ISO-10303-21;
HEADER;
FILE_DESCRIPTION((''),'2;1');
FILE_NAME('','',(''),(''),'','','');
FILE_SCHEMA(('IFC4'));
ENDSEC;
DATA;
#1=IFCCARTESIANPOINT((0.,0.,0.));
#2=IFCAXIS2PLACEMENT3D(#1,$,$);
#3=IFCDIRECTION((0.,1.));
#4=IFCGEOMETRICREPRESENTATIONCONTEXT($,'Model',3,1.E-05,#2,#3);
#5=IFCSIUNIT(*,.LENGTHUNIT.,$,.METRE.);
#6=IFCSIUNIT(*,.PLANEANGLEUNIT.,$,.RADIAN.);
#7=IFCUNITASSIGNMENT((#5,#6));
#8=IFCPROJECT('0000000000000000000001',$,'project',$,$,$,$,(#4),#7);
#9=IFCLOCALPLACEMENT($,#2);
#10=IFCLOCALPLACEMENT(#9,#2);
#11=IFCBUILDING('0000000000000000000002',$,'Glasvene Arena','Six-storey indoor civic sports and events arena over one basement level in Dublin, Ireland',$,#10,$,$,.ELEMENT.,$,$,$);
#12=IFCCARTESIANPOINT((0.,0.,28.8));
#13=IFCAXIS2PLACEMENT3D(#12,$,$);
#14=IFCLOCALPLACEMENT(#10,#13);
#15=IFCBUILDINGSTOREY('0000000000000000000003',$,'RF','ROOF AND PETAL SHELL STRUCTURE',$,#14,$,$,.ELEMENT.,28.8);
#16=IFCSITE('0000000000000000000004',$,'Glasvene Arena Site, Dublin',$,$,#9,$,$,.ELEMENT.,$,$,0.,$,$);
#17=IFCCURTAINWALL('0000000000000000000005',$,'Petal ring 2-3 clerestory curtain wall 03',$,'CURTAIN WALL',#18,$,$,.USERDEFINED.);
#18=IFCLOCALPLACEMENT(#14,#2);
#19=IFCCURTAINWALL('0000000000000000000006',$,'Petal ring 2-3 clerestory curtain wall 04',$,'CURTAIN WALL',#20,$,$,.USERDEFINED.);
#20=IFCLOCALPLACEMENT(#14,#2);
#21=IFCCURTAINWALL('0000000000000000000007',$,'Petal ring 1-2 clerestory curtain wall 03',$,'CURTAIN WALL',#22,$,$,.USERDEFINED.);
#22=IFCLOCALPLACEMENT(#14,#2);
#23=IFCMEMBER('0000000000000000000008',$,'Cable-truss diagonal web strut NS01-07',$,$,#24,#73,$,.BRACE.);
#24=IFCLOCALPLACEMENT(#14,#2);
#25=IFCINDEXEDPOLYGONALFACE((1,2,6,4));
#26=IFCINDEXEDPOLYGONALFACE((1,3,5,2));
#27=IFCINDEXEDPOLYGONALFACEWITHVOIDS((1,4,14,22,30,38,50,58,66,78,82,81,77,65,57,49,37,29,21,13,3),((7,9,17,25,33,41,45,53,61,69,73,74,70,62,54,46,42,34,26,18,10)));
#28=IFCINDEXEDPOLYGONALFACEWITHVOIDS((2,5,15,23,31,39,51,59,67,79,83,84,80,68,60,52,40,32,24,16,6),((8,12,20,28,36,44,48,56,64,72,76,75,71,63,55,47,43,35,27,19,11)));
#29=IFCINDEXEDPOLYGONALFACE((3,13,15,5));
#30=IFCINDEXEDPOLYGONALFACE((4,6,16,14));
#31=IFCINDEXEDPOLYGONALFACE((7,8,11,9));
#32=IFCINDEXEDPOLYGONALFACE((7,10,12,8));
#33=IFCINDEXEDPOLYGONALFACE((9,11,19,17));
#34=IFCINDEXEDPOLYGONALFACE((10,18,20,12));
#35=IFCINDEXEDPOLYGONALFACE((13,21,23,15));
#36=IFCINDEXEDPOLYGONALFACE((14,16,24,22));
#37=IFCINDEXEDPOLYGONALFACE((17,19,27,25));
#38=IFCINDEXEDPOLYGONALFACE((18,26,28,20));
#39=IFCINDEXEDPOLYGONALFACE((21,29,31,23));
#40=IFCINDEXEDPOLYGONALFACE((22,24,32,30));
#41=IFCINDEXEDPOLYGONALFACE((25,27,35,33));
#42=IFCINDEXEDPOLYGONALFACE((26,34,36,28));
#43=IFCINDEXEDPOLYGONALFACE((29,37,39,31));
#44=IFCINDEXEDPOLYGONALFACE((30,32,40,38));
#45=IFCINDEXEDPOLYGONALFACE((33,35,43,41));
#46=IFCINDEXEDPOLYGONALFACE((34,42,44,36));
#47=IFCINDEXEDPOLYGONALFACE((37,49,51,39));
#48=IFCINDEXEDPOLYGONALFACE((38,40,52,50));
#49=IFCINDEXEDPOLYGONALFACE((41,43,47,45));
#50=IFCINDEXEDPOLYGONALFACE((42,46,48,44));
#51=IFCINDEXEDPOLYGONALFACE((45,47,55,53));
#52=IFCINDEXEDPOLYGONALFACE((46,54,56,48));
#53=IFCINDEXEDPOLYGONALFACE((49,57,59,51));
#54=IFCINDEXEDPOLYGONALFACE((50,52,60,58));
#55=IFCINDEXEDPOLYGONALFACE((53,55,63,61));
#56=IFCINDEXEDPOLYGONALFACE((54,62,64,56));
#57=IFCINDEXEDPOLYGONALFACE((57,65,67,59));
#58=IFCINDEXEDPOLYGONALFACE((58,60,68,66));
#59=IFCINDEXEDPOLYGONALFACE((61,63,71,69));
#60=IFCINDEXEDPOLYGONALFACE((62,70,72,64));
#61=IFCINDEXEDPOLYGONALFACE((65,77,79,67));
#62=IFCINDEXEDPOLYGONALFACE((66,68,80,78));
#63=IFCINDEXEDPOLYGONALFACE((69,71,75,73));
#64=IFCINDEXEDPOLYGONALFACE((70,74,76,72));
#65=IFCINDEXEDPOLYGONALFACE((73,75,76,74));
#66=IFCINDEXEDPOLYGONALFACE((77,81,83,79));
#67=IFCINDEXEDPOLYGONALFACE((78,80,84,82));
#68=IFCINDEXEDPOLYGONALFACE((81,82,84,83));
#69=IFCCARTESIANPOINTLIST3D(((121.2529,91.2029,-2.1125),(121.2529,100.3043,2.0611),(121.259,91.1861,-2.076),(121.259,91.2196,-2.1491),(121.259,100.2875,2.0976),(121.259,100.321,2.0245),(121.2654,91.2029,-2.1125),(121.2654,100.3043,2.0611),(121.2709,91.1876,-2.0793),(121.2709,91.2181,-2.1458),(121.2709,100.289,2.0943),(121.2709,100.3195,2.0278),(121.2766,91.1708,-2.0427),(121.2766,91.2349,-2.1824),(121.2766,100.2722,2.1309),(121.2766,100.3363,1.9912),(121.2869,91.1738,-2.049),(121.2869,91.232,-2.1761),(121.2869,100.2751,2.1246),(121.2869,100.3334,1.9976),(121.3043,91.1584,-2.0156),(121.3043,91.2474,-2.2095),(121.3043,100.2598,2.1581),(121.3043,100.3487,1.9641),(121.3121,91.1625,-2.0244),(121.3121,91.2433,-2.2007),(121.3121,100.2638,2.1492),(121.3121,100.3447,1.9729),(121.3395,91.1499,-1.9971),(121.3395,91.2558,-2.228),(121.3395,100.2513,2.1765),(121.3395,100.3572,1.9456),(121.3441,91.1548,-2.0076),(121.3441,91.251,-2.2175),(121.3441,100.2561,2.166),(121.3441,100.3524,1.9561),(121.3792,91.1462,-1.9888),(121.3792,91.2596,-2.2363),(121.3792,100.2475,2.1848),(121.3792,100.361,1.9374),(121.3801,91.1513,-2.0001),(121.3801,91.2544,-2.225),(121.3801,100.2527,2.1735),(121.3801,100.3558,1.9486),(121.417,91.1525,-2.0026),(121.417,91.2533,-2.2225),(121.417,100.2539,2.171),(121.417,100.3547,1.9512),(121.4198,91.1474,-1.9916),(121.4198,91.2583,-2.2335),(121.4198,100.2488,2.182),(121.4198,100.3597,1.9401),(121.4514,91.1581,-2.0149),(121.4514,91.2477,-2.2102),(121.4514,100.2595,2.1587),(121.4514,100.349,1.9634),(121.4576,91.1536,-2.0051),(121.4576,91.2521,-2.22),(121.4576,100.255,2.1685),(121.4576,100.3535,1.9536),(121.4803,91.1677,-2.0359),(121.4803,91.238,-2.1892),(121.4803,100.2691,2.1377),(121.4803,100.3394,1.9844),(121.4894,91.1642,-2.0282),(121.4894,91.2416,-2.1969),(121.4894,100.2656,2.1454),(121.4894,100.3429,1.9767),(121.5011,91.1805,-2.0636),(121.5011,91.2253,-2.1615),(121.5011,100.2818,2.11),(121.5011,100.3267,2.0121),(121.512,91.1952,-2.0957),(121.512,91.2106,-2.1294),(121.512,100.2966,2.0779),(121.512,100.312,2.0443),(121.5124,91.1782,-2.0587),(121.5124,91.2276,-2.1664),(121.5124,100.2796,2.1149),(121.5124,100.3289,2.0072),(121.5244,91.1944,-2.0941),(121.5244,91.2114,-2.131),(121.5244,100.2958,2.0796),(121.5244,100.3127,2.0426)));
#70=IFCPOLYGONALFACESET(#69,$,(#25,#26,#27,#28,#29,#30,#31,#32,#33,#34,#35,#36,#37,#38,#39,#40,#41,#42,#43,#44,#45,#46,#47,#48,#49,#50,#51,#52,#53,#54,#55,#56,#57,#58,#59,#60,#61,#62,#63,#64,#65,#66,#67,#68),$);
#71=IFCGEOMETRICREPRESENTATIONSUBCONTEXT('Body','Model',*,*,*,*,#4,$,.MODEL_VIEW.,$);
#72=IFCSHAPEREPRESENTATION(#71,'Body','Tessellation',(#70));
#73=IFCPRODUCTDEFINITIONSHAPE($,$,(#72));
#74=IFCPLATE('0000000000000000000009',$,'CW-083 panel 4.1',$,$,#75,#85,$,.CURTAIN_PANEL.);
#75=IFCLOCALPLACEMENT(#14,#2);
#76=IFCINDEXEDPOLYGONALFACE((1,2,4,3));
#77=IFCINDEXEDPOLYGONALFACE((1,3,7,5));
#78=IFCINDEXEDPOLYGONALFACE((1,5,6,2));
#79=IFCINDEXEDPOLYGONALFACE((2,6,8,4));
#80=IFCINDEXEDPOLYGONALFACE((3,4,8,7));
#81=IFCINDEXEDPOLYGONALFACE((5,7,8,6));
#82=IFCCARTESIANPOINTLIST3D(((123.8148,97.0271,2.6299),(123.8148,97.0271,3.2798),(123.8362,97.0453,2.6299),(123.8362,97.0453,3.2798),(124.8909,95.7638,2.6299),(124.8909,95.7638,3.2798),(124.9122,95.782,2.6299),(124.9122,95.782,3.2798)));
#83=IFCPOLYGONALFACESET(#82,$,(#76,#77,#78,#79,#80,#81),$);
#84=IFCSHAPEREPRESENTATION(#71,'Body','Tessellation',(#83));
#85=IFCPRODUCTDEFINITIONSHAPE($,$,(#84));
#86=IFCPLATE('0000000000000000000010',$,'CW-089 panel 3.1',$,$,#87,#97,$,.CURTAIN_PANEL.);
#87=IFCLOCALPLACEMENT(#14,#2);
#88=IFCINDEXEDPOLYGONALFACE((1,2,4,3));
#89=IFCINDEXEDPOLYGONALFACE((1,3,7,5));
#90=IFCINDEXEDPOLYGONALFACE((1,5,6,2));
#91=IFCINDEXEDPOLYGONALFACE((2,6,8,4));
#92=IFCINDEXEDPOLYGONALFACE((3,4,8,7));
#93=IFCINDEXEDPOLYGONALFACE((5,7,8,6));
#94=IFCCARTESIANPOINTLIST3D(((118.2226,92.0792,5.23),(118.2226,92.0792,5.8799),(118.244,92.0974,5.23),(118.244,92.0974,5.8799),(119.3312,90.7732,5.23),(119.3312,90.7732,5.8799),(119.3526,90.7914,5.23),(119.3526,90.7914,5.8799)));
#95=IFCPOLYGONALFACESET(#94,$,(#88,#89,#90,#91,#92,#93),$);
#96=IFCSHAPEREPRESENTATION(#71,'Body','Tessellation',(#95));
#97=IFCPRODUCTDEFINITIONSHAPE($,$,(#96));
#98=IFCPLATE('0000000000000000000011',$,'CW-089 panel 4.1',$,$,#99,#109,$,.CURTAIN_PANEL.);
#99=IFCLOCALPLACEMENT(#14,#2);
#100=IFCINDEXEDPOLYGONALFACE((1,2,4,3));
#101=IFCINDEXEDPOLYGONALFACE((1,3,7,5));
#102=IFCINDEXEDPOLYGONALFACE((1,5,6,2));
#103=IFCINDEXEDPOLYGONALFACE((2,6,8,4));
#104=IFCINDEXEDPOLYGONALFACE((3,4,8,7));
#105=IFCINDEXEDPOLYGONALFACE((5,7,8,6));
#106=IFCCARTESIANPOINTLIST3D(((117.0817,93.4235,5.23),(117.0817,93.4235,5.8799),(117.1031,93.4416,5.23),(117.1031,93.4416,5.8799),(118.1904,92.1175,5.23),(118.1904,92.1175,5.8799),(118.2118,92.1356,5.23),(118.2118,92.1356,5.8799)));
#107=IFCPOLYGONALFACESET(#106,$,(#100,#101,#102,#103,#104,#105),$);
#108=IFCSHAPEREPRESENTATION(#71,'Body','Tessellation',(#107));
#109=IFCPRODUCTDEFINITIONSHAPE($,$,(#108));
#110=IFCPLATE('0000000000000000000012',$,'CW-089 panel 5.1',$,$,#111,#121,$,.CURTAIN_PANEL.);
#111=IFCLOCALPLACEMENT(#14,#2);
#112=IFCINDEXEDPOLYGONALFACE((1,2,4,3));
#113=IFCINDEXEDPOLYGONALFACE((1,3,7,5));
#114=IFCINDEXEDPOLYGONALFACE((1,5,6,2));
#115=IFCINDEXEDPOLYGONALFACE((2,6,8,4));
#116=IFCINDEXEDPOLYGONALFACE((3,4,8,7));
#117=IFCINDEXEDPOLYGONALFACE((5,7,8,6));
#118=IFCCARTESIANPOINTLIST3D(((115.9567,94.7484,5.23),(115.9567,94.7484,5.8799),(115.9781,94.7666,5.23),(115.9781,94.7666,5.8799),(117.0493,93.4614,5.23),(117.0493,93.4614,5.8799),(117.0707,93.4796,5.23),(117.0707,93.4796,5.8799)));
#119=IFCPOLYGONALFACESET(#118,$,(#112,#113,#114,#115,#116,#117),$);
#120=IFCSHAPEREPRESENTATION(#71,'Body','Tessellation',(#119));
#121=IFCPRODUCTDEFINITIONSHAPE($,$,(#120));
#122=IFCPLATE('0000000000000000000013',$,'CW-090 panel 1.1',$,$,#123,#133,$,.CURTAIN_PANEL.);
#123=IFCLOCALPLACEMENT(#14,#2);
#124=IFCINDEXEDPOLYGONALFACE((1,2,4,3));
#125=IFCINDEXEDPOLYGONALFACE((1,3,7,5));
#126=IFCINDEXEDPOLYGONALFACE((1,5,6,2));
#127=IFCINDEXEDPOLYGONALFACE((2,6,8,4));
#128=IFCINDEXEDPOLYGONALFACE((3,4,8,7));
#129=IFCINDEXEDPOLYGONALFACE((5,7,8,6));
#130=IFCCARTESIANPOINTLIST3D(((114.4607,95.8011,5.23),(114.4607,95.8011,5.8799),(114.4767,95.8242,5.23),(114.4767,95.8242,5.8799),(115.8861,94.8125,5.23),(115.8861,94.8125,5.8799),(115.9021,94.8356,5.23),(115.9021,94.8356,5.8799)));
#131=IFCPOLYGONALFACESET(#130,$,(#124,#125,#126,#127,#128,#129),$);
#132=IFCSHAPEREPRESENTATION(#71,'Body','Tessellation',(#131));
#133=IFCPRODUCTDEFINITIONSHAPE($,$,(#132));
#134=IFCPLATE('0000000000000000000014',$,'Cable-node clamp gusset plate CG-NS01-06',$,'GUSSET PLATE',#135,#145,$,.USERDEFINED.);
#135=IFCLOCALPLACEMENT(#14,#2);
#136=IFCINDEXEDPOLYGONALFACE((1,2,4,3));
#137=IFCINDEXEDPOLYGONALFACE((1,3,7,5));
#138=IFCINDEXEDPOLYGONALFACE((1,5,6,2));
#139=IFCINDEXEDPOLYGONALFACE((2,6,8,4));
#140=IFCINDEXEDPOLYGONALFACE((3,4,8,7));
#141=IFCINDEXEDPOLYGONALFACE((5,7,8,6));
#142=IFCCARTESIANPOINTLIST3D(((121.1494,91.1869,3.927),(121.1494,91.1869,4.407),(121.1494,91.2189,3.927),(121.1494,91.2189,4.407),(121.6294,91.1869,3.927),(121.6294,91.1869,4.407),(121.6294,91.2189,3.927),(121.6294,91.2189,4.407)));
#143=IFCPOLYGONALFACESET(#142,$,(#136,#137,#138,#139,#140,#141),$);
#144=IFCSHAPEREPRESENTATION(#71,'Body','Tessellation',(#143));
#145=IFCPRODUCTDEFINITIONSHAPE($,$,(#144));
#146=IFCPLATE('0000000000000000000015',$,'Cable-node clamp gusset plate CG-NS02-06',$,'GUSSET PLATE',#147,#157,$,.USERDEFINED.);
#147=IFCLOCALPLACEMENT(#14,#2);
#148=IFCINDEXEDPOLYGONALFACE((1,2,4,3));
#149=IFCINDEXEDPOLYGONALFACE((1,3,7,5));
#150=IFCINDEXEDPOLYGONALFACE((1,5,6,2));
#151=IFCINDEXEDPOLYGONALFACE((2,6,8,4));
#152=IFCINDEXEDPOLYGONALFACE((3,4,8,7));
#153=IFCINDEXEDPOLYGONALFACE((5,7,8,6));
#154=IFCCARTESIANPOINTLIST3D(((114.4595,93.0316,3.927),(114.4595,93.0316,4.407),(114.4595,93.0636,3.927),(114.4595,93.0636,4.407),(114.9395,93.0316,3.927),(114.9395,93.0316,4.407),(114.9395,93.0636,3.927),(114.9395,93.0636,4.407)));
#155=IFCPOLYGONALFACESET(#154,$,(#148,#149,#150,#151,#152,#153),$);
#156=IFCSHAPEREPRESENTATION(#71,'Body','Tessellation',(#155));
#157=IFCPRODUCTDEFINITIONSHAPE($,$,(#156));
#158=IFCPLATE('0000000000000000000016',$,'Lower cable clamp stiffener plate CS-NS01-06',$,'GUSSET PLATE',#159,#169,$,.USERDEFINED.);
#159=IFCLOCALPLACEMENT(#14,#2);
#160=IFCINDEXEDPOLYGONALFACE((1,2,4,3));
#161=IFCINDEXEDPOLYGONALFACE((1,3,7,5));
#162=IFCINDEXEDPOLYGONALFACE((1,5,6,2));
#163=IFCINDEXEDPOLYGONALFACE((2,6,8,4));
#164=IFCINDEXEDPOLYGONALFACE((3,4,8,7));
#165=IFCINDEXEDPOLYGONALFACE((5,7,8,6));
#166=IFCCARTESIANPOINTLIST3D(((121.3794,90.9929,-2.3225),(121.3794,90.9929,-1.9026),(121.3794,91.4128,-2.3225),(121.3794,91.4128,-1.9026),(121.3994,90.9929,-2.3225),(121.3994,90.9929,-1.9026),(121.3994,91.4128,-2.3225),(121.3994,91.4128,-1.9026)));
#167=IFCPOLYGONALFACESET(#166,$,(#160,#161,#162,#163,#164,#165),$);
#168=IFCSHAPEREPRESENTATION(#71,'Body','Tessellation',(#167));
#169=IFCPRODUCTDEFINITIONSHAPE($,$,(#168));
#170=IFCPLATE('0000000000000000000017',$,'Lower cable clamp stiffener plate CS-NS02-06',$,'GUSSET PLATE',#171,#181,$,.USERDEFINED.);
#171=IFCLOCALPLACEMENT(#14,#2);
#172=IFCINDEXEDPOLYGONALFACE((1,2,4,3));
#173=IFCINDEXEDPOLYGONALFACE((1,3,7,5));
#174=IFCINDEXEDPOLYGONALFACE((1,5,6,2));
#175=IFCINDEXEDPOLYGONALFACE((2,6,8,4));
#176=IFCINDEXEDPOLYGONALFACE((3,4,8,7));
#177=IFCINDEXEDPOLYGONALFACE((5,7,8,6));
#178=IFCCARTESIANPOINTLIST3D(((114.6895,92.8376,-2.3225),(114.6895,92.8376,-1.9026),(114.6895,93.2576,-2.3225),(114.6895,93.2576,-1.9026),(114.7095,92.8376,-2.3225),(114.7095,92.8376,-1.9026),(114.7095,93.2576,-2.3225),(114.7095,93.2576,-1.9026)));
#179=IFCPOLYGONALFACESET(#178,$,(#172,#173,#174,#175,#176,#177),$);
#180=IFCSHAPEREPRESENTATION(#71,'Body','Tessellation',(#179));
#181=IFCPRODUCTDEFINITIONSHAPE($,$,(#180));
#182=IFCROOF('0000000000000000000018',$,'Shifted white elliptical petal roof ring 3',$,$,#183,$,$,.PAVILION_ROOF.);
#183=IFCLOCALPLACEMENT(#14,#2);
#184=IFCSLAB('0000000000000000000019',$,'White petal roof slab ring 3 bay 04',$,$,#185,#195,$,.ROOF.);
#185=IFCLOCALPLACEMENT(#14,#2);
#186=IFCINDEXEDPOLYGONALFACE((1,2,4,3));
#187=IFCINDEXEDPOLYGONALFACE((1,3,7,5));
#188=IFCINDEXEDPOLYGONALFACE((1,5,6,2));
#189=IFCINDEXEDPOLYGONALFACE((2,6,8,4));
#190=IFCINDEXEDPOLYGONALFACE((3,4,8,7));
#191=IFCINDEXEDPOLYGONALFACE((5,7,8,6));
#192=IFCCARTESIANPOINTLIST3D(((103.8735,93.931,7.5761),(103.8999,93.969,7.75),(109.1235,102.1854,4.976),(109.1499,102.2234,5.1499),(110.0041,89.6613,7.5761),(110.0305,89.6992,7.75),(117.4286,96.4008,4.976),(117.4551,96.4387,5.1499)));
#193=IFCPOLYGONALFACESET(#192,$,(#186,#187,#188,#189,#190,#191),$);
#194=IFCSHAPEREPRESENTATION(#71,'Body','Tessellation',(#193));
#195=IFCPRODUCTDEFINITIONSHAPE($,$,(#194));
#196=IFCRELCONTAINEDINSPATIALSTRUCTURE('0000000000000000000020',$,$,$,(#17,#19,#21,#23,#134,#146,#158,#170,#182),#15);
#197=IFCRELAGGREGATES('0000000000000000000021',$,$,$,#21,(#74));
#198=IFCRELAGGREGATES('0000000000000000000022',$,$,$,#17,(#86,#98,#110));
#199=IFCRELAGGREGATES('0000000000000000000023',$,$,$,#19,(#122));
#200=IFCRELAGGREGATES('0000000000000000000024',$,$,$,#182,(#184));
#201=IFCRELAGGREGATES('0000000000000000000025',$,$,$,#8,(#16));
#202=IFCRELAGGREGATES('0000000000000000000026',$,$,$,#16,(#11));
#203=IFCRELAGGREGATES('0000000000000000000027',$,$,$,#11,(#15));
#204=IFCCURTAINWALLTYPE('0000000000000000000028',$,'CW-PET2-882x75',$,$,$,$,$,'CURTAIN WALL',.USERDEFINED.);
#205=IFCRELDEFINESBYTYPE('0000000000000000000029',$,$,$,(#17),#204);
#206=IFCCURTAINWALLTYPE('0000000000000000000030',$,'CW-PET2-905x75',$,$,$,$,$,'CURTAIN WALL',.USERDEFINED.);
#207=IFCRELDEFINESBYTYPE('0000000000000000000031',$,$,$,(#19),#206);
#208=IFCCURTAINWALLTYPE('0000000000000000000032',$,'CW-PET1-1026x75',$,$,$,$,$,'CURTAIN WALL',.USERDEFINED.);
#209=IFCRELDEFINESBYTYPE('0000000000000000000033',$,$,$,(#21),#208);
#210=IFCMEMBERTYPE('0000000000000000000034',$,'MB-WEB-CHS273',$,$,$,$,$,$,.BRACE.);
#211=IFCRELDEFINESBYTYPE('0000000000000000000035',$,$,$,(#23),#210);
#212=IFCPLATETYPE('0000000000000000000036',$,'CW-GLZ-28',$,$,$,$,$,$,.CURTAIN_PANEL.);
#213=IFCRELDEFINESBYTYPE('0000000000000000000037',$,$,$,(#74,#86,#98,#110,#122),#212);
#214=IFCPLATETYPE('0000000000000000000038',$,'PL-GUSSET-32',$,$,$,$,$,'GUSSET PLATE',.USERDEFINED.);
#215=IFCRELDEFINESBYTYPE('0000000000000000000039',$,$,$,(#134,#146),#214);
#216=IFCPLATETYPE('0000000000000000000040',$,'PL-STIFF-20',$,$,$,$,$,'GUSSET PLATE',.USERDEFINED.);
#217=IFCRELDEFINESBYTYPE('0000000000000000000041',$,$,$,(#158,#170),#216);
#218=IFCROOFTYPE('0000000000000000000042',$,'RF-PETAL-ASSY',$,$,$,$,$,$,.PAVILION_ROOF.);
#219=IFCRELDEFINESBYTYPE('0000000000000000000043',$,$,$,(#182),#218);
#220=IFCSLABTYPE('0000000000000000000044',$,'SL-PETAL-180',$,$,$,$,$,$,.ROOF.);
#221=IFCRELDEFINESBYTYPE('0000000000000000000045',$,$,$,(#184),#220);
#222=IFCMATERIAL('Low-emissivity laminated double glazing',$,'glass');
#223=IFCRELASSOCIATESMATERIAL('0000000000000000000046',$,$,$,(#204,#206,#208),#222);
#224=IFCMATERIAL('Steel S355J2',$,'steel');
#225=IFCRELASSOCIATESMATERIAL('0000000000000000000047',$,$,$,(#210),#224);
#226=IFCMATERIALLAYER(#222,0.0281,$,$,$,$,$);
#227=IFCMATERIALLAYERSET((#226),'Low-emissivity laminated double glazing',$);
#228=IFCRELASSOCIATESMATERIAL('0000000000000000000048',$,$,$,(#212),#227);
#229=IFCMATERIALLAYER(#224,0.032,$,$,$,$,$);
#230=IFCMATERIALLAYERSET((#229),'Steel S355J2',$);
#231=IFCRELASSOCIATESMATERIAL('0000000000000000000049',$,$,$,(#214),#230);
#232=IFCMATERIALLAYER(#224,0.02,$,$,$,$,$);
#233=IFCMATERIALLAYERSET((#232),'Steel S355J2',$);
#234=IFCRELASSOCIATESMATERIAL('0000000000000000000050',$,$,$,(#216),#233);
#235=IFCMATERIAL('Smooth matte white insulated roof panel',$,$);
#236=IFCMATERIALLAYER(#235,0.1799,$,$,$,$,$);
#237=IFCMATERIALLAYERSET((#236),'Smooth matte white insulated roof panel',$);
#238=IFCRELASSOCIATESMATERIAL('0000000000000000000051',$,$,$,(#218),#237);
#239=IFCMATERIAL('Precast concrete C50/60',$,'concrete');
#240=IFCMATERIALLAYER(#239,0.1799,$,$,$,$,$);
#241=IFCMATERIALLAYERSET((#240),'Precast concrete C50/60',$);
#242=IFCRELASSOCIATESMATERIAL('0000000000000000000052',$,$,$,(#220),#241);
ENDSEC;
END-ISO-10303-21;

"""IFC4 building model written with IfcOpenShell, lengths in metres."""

from ifc_helpers import new_model, si_unit, direction, frame, origin, origin_2d, place, context, subcontext, project, spatial, polyline, rectangle, hollow_circle, outline, extrude, material, layer, layer_set, material_profile, profile_set, type_object, element, aggregate, save


model = new_model("IFC4")

# Units and contexts
model_context = context("Model", 3, precision=1e-05, world=origin(), true_north=direction((0.0, 1.0)))
body_context = subcontext(model_context, "Body", "Model", "MODEL_VIEW")
ifc_project = project(units=[si_unit("LENGTHUNIT", "METRE"), si_unit("PLANEANGLEUNIT", "RADIAN")], contexts=[model_context])

# Site, building, storey
site_placement = place(None, origin())
site = spatial("IfcSite", under=ifc_project, at=site_placement, Name="Glasvene Arena Site, Dublin", CompositionType="ELEMENT", RefElevation=0.0)
building_placement = place(site_placement, origin())
building = spatial("IfcBuilding", under=site, at=building_placement, Name="Glasvene Arena", Description="Six-storey indoor civic sports and events arena over one basement level in Dublin, Ireland", CompositionType="ELEMENT")
storey_placement = place(building_placement, frame((0.0, 0.0, 28.8)))
storey = spatial("IfcBuildingStorey", under=building, at=storey_placement, Name="RF", Description="ROOF AND PETAL SHELL STRUCTURE", CompositionType="ELEMENT", Elevation=28.8)

# Curtain wall
ifc_material_1 = material(Name="Low-emissivity laminated double glazing", Category="glass")
curtain_wall_type_1 = type_object("IfcCurtainWallType", Name="CW-PET2-882x75", ElementType="CURTAIN WALL", PredefinedType="USERDEFINED", material=ifc_material_1)
curtain_wall_1_placement = place(storey_placement, frame((121.6404, 88.075, 0.0)))
curtain_wall_1 = element("IfcCurtainWall", 1, at=curtain_wall_1_placement, inside=storey, type_object=curtain_wall_type_1, Name="Petal ring 2-3 clerestory curtain wall 03", ObjectType="CURTAIN WALL", PredefinedType="USERDEFINED")

# Curtain wall
curtain_wall_type_2 = type_object("IfcCurtainWallType", Name="CW-PET2-905x75", ElementType="CURTAIN WALL", PredefinedType="USERDEFINED", material=ifc_material_1)
curtain_wall_2_placement = place(storey_placement, frame((115.9351, 94.7957, 0.0)))
curtain_wall_2 = element("IfcCurtainWall", 2, at=curtain_wall_2_placement, inside=storey, type_object=curtain_wall_type_2, Name="Petal ring 2-3 clerestory curtain wall 04", ObjectType="CURTAIN WALL", PredefinedType="USERDEFINED")

# Curtain wall
curtain_wall_type_3 = type_object("IfcCurtainWallType", Name="CW-PET1-1026x75", ElementType="CURTAIN WALL", PredefinedType="USERDEFINED", material=ifc_material_1)
curtain_wall_3_placement = place(storey_placement, frame((128.2432, 91.8501, 0.0)))
curtain_wall_3 = element("IfcCurtainWall", 3, at=curtain_wall_3_placement, inside=storey, type_object=curtain_wall_type_3, Name="Petal ring 1-2 clerestory curtain wall 03", ObjectType="CURTAIN WALL", PredefinedType="USERDEFINED")

# Member
ifc_material_2 = material(Name="Steel S355J2", Category="steel")
ifc_material_profile_1 = material_profile(ifc_material_2, hollow_circle(Radius=0.1365, WallThickness=0.0125, at=origin_2d()), Name="CHS 273.0x12.5")
ifc_profile_set_1 = profile_set([ifc_material_profile_1], Name="Steel S355J2")
member_type_1 = type_object("IfcMemberType", Name="MB-WEB-CHS273", PredefinedType="BRACE", material=ifc_profile_set_1)
member_1_placement = place(storey_placement, frame((121.3894, 91.2029, -2.1125), z_axis=(0.0, 0.908984, 0.416832), x_axis=(-1.0, 0.0, 0.0)))
element("IfcMember", 4, at=member_1_placement, inside=storey, type_object=member_type_1, Name="Cable-truss diagonal web strut NS01-07", PredefinedType="BRACE", context=body_context, shape_type="SweptSolid", body=[
    extrude(hollow_circle(Radius=0.1365, WallThickness=0.0125, at=origin_2d()), origin(), (0.0, 0.0, 1.0), 10.0127),
])

# Plates
ifc_layer_1 = layer(ifc_material_1, 0.0281)
ifc_layer_set_1 = layer_set([ifc_layer_1], Name="Low-emissivity laminated double glazing")
plate_type_1 = type_object("IfcPlateType", Name="CW-GLZ-28", PredefinedType="CURTAIN_PANEL", material=ifc_layer_set_1)
plate_1_placement = place(storey_placement, frame((124.3635, 96.4045, 2.6299), z_axis=(0.0, 0.0, 1.0), x_axis=(-0.648445, 0.761261, 0.0)))
plate_1 = element("IfcPlate", 5, at=plate_1_placement, type_object=plate_type_1, Name="CW-083 panel 4.1", PredefinedType="CURTAIN_PANEL", context=body_context, shape_type="SweptSolid", body=[
    extrude(rectangle(XDim=1.6594, YDim=0.0281, at=origin_2d()), origin(), (0.0, 0.0, 1.0), 0.6499),
])
aggregate(curtain_wall_3, [plate_1])
plate_2_placement = place(storey_placement, frame((118.7876, 91.4353, 5.23), z_axis=(0.0, 0.0, 1.0), x_axis=(-0.647167, 0.762348, 0.0)))
plate_2 = element("IfcPlate", 6, at=plate_2_placement, type_object=plate_type_1, Name="CW-089 panel 3.1", PredefinedType="CURTAIN_PANEL", context=body_context, shape_type="SweptSolid", body=[
    extrude(rectangle(XDim=1.7131, YDim=0.0281, at=origin_2d()), origin(), (0.0, 0.0, 1.0), 0.6499),
])
plate_3_placement = place(storey_placement, frame((117.6467, 92.7795, 5.23), z_axis=(0.0, 0.0, 1.0), x_axis=(-0.647167, 0.762348, 0.0)))
plate_3 = element("IfcPlate", 7, at=plate_3_placement, type_object=plate_type_1, Name="CW-089 panel 4.1", PredefinedType="CURTAIN_PANEL", context=body_context, shape_type="SweptSolid", body=[
    extrude(rectangle(XDim=1.7131, YDim=0.0281, at=origin_2d()), origin(), (0.0, 0.0, 1.0), 0.6499),
])
plate_4_placement = place(storey_placement, frame((116.5137, 94.114, 5.23), z_axis=(0.0, 0.0, 1.0), x_axis=(-0.647167, 0.762348, 0.0)))
plate_4 = element("IfcPlate", 8, at=plate_4_placement, type_object=plate_type_1, Name="CW-089 panel 5.1", PredefinedType="CURTAIN_PANEL", context=body_context, shape_type="SweptSolid", body=[
    extrude(rectangle(XDim=1.6882, YDim=0.0281, at=origin_2d()), origin(), (0.0, 0.0, 1.0), 0.6499),
])
aggregate(curtain_wall_1, [plate_2, plate_3, plate_4])
plate_5_placement = place(storey_placement, frame((115.1814, 95.3184, 5.23), z_axis=(0.0, 0.0, 1.0), x_axis=(-0.821699, 0.569921, 0.0)))
plate_5 = element("IfcPlate", 9, at=plate_5_placement, type_object=plate_type_1, Name="CW-090 panel 1.1", PredefinedType="CURTAIN_PANEL", context=body_context, shape_type="SweptSolid", body=[
    extrude(rectangle(XDim=1.7346, YDim=0.0281, at=origin_2d()), origin(), (0.0, 0.0, 1.0), 0.6499),
])
aggregate(curtain_wall_2, [plate_5])

# Plates
ifc_layer_2 = layer(ifc_material_2, 0.032)
ifc_layer_set_2 = layer_set([ifc_layer_2], Name="Steel S355J2")
plate_type_2 = type_object("IfcPlateType", Name="PL-GUSSET-32", ElementType="GUSSET PLATE", PredefinedType="USERDEFINED", material=ifc_layer_set_2)
for number, where, z_axis, x_axis, name in (
    (10, (121.3894, 91.2029, 3.927), (0.0, 0.0, 1.0), (1.0, 0.0, 0.0), "Cable-node clamp gusset plate CG-NS01-06"),
    (11, (114.6995, 93.0476, 3.927), (0.0, 0.0, 1.0), (1.0, 0.0, 0.0), "Cable-node clamp gusset plate CG-NS02-06"),
):
    element("IfcPlate", number, at=place(storey_placement, frame(where, z_axis=z_axis, x_axis=x_axis)), inside=storey, type_object=plate_type_2, Name=name, ObjectType="GUSSET PLATE", PredefinedType="USERDEFINED", context=body_context, shape_type="SweptSolid", body=[
        extrude(rectangle(XDim=0.48, YDim=0.032, at=origin_2d()), origin(), (0.0, 0.0, 1.0), 0.48),
    ])
ifc_layer_3 = layer(ifc_material_2, 0.02)
ifc_layer_set_3 = layer_set([ifc_layer_3], Name="Steel S355J2")
plate_type_3 = type_object("IfcPlateType", Name="PL-STIFF-20", ElementType="GUSSET PLATE", PredefinedType="USERDEFINED", material=ifc_layer_set_3)
for number, where, z_axis, x_axis, name in (
    (12, (121.3894, 91.2029, -2.3225), (0.0, 0.0, 1.0), (1.0, 0.0, 0.0), "Lower cable clamp stiffener plate CS-NS01-06"),
    (13, (114.6995, 93.0476, -2.3225), (0.0, 0.0, 1.0), (1.0, 0.0, 0.0), "Lower cable clamp stiffener plate CS-NS02-06"),
):
    element("IfcPlate", number, at=place(storey_placement, frame(where, z_axis=z_axis, x_axis=x_axis)), inside=storey, type_object=plate_type_3, Name=name, ObjectType="GUSSET PLATE", PredefinedType="USERDEFINED", context=body_context, shape_type="SweptSolid", body=[
        extrude(rectangle(XDim=0.02, YDim=0.4199, at=origin_2d()), origin(), (0.0, 0.0, 1.0), 0.4199),
    ])

# Roof, slab
ifc_material_3 = material(Name="Smooth matte white insulated roof panel")
ifc_layer_4 = layer(ifc_material_3, 0.1799)
ifc_layer_set_4 = layer_set([ifc_layer_4], Name="Smooth matte white insulated roof panel")
roof_type = type_object("IfcRoofType", Name="RF-PETAL-ASSY", PredefinedType="PAVILION_ROOF", material=ifc_layer_set_4)
roof_placement = place(storey_placement, frame((89.1001, 70.7, 5.1499)))
roof = element("IfcRoof", 14, at=roof_placement, inside=storey, type_object=roof_type, Name="Shifted white elliptical petal roof ring 3", PredefinedType="PAVILION_ROOF")
ifc_material_4 = material(Name="Precast concrete C50/60", Category="concrete")
ifc_layer_5 = layer(ifc_material_4, 0.1799)
ifc_layer_set_5 = layer_set([ifc_layer_5], Name="Precast concrete C50/60")
slab_type = type_object("IfcSlabType", Name="SL-PETAL-180", PredefinedType="ROOF", material=ifc_layer_set_5)
slab_placement = place(storey_placement, frame((117.4551, 96.4387, 5.1499), z_axis=(0.146932, 0.21096, 0.966389), x_axis=(-0.820574, 0.57154, -0.000003)))
slab = element("IfcSlab", 15, at=slab_placement, type_object=slab_type, Name="White petal roof slab ring 3 bay 04", PredefinedType="ROOF", context=body_context, shape_type="SweptSolid", body=[
    extrude(outline(polyline([(0.0, 0.0), (10.1212, 0.0), (9.7115, 10.1139), (2.2405, 10.1136), (0.0, 0.0)])), origin(), (0.0, 0.0, -1.0), 0.1799),
])
aggregate(roof, [slab])

save(model, "model.ifc")
